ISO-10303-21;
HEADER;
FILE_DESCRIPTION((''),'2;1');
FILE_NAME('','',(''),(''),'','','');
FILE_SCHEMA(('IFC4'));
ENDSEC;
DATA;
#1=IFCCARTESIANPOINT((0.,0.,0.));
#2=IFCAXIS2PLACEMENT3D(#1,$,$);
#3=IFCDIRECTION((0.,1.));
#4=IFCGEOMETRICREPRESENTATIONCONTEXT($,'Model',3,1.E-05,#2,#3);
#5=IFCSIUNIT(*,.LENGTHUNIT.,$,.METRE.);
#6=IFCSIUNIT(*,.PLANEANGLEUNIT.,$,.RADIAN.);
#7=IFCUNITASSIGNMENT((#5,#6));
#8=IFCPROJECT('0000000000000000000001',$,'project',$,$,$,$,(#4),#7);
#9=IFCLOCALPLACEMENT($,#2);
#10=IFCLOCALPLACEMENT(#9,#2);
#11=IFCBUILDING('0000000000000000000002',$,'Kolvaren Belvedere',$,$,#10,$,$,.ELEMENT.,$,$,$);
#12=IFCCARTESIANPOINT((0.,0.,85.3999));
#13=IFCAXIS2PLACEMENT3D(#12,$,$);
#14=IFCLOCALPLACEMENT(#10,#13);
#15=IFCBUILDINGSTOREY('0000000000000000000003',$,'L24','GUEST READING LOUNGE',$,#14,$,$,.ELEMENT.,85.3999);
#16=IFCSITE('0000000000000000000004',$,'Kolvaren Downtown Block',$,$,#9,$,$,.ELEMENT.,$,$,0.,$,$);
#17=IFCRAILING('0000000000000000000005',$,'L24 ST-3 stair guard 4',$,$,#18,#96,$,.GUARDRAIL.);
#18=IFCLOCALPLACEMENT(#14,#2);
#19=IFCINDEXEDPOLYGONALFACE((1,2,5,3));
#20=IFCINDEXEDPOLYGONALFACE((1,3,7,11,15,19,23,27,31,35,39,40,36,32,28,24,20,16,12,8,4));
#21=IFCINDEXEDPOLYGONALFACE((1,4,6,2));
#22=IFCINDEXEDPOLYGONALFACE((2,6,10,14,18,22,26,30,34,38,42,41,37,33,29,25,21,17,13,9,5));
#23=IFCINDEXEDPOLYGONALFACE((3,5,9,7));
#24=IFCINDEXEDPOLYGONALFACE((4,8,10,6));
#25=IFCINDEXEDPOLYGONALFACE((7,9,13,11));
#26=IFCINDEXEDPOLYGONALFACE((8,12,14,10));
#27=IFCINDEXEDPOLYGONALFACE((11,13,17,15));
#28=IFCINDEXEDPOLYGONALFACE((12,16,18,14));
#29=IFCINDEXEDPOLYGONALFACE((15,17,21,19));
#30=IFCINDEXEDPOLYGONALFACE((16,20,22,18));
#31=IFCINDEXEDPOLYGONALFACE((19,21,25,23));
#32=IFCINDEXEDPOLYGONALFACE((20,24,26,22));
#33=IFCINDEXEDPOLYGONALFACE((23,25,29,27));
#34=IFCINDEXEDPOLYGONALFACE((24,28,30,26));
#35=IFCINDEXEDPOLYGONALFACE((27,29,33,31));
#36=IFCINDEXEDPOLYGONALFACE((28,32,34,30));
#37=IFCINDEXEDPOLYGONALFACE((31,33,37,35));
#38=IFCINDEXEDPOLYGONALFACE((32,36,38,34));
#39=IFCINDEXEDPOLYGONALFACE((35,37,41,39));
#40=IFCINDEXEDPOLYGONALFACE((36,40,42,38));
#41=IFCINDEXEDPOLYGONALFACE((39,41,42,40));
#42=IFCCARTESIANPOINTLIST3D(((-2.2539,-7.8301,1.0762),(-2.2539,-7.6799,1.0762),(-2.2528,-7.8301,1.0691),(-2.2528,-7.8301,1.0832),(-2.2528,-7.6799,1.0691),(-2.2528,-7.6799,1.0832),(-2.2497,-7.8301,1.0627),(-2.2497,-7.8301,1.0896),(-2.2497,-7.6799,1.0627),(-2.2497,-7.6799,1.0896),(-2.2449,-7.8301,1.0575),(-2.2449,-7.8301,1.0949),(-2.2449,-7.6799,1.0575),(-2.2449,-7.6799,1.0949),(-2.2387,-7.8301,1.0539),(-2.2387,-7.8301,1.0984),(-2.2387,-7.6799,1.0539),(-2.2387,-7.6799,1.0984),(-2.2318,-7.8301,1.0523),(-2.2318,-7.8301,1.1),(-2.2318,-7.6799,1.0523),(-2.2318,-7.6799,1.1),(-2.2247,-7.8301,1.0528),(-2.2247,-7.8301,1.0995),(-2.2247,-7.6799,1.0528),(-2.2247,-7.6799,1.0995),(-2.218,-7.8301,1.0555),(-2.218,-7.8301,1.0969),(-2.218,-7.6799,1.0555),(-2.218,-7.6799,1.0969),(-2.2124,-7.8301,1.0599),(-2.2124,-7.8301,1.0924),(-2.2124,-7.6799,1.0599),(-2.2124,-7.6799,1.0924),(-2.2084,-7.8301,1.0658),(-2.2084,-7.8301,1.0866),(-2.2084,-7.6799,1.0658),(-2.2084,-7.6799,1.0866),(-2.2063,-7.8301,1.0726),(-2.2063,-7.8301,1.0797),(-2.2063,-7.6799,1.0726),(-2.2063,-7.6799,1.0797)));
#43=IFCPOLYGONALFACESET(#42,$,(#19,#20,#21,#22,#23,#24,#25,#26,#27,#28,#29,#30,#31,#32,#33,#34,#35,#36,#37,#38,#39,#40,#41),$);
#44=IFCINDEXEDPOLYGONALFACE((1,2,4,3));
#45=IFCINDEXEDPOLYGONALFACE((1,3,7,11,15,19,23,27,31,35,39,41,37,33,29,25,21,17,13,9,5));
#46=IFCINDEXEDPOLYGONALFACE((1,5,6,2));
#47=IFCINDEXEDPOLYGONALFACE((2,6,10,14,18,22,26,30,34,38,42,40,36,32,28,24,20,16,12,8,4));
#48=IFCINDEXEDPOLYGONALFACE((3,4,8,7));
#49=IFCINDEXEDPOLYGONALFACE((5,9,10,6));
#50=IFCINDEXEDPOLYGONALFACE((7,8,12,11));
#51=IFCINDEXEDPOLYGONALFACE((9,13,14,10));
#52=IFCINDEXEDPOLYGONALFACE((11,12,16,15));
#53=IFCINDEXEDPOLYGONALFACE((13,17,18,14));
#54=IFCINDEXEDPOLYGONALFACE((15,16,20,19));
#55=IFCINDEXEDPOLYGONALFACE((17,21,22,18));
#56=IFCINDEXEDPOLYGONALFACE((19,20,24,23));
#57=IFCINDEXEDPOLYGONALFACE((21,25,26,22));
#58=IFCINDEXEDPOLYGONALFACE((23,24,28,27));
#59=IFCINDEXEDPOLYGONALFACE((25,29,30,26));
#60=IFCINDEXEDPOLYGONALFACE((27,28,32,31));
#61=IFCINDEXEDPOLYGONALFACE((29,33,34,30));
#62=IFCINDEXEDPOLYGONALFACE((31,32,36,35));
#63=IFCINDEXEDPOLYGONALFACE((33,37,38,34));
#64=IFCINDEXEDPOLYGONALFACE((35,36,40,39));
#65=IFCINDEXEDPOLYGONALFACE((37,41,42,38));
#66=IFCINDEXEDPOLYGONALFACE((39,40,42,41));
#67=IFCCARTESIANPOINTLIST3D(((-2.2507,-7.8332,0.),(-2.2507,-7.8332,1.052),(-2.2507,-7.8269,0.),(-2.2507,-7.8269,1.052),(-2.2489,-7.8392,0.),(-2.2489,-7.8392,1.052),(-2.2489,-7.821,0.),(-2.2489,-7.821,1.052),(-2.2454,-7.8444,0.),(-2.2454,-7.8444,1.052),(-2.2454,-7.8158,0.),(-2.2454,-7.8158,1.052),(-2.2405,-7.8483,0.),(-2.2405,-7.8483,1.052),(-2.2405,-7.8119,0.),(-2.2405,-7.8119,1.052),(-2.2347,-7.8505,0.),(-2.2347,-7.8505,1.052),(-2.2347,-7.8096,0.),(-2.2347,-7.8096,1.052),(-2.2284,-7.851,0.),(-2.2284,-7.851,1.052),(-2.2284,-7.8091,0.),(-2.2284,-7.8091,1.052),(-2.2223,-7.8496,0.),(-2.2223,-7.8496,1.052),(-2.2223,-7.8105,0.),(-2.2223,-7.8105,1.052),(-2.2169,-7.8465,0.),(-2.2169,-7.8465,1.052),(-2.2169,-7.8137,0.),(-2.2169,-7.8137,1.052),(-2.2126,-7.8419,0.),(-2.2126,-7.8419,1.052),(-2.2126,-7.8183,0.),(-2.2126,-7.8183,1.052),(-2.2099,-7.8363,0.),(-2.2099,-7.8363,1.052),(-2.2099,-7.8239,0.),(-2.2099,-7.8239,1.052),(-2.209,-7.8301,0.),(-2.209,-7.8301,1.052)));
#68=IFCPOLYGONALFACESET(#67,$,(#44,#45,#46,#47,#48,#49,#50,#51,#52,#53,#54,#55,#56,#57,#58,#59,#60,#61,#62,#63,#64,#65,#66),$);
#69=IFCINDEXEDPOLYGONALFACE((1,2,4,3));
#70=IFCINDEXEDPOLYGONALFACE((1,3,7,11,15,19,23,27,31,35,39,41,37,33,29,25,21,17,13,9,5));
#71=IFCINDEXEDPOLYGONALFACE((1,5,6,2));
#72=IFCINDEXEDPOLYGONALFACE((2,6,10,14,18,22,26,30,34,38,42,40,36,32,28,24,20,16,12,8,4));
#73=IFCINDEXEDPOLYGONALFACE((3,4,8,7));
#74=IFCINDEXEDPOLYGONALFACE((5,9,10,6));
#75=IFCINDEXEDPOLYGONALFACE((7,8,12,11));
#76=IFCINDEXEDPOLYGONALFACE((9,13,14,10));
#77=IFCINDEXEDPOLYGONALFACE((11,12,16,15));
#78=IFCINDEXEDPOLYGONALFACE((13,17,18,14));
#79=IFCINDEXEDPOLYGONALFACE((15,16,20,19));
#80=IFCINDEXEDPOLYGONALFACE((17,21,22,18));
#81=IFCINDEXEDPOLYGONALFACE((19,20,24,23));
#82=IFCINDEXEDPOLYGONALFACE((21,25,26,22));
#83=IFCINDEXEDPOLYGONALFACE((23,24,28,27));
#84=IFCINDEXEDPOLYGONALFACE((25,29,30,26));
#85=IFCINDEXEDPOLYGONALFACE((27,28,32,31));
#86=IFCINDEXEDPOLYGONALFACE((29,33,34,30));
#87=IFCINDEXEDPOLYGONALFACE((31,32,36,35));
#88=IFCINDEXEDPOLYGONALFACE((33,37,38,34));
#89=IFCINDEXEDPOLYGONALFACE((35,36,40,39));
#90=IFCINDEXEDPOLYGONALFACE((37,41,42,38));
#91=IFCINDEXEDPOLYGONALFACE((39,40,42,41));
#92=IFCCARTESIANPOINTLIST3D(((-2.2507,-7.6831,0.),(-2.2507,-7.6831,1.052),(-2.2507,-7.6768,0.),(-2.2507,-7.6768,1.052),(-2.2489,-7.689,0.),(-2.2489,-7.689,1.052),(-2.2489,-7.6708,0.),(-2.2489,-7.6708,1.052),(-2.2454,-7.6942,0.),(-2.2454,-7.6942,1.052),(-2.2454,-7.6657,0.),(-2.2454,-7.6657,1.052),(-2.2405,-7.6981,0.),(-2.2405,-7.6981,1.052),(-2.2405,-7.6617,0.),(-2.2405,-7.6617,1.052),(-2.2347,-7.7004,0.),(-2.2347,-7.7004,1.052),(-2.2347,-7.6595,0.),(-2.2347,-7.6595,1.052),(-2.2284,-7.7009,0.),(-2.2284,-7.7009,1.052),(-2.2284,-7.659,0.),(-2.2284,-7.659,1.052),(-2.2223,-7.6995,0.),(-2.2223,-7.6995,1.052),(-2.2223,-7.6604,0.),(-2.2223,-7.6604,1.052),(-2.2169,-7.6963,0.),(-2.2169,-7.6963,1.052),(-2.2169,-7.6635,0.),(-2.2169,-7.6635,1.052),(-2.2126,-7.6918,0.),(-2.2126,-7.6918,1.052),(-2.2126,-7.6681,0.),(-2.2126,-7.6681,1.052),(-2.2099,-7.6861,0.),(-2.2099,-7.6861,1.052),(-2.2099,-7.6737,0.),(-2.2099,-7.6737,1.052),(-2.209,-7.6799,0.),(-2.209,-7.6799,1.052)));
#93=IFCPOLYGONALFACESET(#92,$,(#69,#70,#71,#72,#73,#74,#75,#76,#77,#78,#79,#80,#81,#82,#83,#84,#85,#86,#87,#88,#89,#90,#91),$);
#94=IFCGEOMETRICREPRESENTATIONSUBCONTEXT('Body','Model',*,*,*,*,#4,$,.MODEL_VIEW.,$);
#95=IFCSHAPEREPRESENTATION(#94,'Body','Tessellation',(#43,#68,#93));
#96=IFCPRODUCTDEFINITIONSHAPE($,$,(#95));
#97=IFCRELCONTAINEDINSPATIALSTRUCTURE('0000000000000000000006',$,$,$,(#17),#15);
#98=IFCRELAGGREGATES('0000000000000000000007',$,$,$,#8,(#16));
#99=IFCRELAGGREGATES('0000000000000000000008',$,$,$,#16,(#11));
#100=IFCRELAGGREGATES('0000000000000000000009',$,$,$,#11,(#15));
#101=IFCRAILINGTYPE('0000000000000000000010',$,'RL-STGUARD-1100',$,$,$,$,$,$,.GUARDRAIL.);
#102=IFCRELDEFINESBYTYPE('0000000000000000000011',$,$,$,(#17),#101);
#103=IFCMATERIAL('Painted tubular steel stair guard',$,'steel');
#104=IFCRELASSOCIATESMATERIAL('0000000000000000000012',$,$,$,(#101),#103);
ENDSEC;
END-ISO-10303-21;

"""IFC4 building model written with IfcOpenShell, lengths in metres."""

from ifc_helpers import new_model, si_unit, direction, frame, origin, origin_2d, place, context, subcontext, project, spatial, circle, extrude, material, type_object, element, save


model = new_model("IFC4")

# Units and contexts
model_context = context("Model", 3, precision=1e-05, world=origin(), true_north=direction((0.0, 1.0)))
body_context = subcontext(model_context, "Body", "Model", "MODEL_VIEW")
ifc_project = project(units=[si_unit("LENGTHUNIT", "METRE"), si_unit("PLANEANGLEUNIT", "RADIAN")], contexts=[model_context])

# Site, building, storey
site_placement = place(None, origin())
site = spatial("IfcSite", under=ifc_project, at=site_placement, Name="Kolvaren Downtown Block", CompositionType="ELEMENT", RefElevation=0.0)
building_placement = place(site_placement, origin())
building = spatial("IfcBuilding", under=site, at=building_placement, Name="Kolvaren Belvedere", CompositionType="ELEMENT")
storey_placement = place(building_placement, frame((0.0, 0.0, 85.3999)))
storey = spatial("IfcBuildingStorey", under=building, at=storey_placement, Name="L24", Description="GUEST READING LOUNGE", CompositionType="ELEMENT", Elevation=85.3999)

# Railing
ifc_material_1 = material(Name="Painted tubular steel stair guard", Category="steel")
railing_type = type_object("IfcRailingType", Name="RL-STGUARD-1100", PredefinedType="GUARDRAIL", material=ifc_material_1)
railing_placement = place(storey_placement, frame((-2.23, -7.8301, 0.0)))
element("IfcRailing", 1, at=railing_placement, inside=storey, type_object=railing_type, Name="L24 ST-3 stair guard 4", PredefinedType="GUARDRAIL", context=body_context, shape_type="SweptSolid", body=[
    extrude(circle(Radius=0.0239, at=origin_2d()), frame((0.0, 0.0, 1.0762), z_axis=(0.0, 1.0, 0.0), x_axis=(-1.0, 0.0, 0.0)), (0.0, 0.0, 1.0), 0.1501),
    extrude(circle(Radius=0.021, at=origin_2d()), origin(), (0.0, 0.0, 1.0), 1.052),
    extrude(circle(Radius=0.021, at=origin_2d()), frame((0.0, 0.1501, 0.0)), (0.0, 0.0, 1.0), 1.052),
])

save(model, "model.ifc")
